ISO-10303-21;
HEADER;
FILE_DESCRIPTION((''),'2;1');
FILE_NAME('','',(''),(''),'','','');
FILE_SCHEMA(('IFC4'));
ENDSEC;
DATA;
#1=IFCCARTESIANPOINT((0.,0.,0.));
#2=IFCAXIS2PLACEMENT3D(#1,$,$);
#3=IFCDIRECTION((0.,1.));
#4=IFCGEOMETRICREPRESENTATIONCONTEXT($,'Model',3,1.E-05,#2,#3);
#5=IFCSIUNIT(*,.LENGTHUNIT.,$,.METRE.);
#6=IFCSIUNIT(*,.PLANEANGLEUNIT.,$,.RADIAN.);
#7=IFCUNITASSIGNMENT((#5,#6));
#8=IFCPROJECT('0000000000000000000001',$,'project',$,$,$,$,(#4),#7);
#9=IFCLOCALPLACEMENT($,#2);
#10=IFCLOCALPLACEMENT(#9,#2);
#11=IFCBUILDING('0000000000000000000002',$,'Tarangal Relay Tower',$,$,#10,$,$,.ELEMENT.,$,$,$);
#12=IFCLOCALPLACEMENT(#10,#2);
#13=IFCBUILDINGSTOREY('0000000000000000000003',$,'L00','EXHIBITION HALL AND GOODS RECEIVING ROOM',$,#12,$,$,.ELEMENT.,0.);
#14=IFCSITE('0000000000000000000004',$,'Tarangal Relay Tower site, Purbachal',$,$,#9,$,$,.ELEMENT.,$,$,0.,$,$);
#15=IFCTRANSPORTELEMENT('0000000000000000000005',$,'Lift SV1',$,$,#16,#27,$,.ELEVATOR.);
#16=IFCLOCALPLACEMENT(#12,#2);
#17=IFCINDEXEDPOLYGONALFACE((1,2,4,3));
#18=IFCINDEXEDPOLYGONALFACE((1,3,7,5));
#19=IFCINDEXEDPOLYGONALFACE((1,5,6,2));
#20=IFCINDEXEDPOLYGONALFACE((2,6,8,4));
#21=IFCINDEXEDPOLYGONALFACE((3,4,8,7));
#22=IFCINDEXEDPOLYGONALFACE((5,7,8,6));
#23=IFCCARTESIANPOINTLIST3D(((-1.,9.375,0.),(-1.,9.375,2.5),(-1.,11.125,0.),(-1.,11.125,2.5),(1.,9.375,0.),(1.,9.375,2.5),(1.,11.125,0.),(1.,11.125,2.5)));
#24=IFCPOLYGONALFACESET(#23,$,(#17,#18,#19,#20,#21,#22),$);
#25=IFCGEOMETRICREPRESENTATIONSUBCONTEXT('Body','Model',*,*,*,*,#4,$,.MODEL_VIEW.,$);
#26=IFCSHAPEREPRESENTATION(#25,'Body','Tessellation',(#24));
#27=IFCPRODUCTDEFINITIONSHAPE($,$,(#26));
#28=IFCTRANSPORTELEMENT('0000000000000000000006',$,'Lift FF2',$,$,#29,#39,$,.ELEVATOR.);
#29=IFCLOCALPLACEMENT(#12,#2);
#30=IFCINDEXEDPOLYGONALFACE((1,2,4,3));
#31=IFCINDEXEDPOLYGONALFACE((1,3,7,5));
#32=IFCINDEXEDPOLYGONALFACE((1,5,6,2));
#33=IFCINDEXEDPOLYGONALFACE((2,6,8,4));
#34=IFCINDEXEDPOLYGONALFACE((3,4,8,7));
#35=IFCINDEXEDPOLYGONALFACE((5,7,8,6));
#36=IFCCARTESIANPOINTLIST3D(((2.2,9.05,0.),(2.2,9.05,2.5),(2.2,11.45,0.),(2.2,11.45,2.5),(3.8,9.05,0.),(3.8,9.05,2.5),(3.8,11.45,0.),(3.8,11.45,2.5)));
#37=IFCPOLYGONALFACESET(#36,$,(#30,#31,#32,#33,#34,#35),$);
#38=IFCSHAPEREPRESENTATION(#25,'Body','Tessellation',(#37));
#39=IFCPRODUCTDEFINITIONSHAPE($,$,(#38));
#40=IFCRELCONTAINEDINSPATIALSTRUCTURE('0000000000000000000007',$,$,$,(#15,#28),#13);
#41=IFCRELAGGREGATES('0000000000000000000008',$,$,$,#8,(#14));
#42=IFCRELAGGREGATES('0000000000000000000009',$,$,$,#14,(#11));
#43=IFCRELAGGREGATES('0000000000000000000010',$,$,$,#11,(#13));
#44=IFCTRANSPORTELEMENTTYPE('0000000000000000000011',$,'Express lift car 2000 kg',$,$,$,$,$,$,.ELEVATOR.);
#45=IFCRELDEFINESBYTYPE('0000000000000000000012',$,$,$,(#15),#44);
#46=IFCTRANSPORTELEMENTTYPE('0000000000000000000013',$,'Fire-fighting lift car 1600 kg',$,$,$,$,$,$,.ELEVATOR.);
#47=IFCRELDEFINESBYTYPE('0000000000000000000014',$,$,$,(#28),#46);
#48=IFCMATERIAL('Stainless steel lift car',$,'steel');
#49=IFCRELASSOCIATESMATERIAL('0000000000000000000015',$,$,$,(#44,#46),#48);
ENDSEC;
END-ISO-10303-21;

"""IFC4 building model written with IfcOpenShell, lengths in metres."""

from ifc_helpers import new_model, si_unit, direction, frame, origin, origin_2d, place, context, subcontext, project, spatial, rectangle, extrude, material, type_object, element, save


model = new_model("IFC4")

# Units and contexts
model_context = context("Model", 3, precision=1e-05, world=origin(), true_north=direction((0.0, 1.0)))
body_context = subcontext(model_context, "Body", "Model", "MODEL_VIEW")
ifc_project = project(units=[si_unit("LENGTHUNIT", "METRE"), si_unit("PLANEANGLEUNIT", "RADIAN")], contexts=[model_context])

# Site, building, storey
site_placement = place(None, origin())
site = spatial("IfcSite", under=ifc_project, at=site_placement, Name="Tarangal Relay Tower site, Purbachal", CompositionType="ELEMENT", RefElevation=0.0)
building_placement = place(site_placement, origin())
building = spatial("IfcBuilding", under=site, at=building_placement, Name="Tarangal Relay Tower", CompositionType="ELEMENT")
storey_placement = place(building_placement, origin())
storey = spatial("IfcBuildingStorey", under=building, at=storey_placement, Name="L00", Description="EXHIBITION HALL AND GOODS RECEIVING ROOM", CompositionType="ELEMENT", Elevation=0.0)

# Transport elements
ifc_material_1 = material(Name="Stainless steel lift car", Category="steel")
transport_element_type_1 = type_object("IfcTransportElementType", Name="Express lift car 2000 kg", PredefinedType="ELEVATOR", material=ifc_material_1)
transport_element_1_placement = place(storey_placement, frame((0.0, 10.25, 0.0), z_axis=(0.0, 0.0, 1.0), x_axis=(1.0, 0.0, 0.0)))
element("IfcTransportElement", 1, at=transport_element_1_placement, inside=storey, type_object=transport_element_type_1, Name="Lift SV1", PredefinedType="ELEVATOR", context=body_context, shape_type="SweptSolid", body=[
    extrude(rectangle(XDim=2.0, YDim=1.75, at=origin_2d()), origin(), (0.0, 0.0, 1.0), 2.5),
])
transport_element_type_2 = type_object("IfcTransportElementType", Name="Fire-fighting lift car 1600 kg", PredefinedType="ELEVATOR", material=ifc_material_1)
transport_element_2_placement = place(storey_placement, frame((3.0, 10.25, 0.0), z_axis=(0.0, 0.0, 1.0), x_axis=(1.0, 0.0, 0.0)))
element("IfcTransportElement", 2, at=transport_element_2_placement, inside=storey, type_object=transport_element_type_2, Name="Lift FF2", PredefinedType="ELEVATOR", context=body_context, shape_type="SweptSolid", body=[
    extrude(rectangle(XDim=1.6001, YDim=2.3999, at=origin_2d()), origin(), (0.0, 0.0, 1.0), 2.5),
])

save(model, "model.ifc")
